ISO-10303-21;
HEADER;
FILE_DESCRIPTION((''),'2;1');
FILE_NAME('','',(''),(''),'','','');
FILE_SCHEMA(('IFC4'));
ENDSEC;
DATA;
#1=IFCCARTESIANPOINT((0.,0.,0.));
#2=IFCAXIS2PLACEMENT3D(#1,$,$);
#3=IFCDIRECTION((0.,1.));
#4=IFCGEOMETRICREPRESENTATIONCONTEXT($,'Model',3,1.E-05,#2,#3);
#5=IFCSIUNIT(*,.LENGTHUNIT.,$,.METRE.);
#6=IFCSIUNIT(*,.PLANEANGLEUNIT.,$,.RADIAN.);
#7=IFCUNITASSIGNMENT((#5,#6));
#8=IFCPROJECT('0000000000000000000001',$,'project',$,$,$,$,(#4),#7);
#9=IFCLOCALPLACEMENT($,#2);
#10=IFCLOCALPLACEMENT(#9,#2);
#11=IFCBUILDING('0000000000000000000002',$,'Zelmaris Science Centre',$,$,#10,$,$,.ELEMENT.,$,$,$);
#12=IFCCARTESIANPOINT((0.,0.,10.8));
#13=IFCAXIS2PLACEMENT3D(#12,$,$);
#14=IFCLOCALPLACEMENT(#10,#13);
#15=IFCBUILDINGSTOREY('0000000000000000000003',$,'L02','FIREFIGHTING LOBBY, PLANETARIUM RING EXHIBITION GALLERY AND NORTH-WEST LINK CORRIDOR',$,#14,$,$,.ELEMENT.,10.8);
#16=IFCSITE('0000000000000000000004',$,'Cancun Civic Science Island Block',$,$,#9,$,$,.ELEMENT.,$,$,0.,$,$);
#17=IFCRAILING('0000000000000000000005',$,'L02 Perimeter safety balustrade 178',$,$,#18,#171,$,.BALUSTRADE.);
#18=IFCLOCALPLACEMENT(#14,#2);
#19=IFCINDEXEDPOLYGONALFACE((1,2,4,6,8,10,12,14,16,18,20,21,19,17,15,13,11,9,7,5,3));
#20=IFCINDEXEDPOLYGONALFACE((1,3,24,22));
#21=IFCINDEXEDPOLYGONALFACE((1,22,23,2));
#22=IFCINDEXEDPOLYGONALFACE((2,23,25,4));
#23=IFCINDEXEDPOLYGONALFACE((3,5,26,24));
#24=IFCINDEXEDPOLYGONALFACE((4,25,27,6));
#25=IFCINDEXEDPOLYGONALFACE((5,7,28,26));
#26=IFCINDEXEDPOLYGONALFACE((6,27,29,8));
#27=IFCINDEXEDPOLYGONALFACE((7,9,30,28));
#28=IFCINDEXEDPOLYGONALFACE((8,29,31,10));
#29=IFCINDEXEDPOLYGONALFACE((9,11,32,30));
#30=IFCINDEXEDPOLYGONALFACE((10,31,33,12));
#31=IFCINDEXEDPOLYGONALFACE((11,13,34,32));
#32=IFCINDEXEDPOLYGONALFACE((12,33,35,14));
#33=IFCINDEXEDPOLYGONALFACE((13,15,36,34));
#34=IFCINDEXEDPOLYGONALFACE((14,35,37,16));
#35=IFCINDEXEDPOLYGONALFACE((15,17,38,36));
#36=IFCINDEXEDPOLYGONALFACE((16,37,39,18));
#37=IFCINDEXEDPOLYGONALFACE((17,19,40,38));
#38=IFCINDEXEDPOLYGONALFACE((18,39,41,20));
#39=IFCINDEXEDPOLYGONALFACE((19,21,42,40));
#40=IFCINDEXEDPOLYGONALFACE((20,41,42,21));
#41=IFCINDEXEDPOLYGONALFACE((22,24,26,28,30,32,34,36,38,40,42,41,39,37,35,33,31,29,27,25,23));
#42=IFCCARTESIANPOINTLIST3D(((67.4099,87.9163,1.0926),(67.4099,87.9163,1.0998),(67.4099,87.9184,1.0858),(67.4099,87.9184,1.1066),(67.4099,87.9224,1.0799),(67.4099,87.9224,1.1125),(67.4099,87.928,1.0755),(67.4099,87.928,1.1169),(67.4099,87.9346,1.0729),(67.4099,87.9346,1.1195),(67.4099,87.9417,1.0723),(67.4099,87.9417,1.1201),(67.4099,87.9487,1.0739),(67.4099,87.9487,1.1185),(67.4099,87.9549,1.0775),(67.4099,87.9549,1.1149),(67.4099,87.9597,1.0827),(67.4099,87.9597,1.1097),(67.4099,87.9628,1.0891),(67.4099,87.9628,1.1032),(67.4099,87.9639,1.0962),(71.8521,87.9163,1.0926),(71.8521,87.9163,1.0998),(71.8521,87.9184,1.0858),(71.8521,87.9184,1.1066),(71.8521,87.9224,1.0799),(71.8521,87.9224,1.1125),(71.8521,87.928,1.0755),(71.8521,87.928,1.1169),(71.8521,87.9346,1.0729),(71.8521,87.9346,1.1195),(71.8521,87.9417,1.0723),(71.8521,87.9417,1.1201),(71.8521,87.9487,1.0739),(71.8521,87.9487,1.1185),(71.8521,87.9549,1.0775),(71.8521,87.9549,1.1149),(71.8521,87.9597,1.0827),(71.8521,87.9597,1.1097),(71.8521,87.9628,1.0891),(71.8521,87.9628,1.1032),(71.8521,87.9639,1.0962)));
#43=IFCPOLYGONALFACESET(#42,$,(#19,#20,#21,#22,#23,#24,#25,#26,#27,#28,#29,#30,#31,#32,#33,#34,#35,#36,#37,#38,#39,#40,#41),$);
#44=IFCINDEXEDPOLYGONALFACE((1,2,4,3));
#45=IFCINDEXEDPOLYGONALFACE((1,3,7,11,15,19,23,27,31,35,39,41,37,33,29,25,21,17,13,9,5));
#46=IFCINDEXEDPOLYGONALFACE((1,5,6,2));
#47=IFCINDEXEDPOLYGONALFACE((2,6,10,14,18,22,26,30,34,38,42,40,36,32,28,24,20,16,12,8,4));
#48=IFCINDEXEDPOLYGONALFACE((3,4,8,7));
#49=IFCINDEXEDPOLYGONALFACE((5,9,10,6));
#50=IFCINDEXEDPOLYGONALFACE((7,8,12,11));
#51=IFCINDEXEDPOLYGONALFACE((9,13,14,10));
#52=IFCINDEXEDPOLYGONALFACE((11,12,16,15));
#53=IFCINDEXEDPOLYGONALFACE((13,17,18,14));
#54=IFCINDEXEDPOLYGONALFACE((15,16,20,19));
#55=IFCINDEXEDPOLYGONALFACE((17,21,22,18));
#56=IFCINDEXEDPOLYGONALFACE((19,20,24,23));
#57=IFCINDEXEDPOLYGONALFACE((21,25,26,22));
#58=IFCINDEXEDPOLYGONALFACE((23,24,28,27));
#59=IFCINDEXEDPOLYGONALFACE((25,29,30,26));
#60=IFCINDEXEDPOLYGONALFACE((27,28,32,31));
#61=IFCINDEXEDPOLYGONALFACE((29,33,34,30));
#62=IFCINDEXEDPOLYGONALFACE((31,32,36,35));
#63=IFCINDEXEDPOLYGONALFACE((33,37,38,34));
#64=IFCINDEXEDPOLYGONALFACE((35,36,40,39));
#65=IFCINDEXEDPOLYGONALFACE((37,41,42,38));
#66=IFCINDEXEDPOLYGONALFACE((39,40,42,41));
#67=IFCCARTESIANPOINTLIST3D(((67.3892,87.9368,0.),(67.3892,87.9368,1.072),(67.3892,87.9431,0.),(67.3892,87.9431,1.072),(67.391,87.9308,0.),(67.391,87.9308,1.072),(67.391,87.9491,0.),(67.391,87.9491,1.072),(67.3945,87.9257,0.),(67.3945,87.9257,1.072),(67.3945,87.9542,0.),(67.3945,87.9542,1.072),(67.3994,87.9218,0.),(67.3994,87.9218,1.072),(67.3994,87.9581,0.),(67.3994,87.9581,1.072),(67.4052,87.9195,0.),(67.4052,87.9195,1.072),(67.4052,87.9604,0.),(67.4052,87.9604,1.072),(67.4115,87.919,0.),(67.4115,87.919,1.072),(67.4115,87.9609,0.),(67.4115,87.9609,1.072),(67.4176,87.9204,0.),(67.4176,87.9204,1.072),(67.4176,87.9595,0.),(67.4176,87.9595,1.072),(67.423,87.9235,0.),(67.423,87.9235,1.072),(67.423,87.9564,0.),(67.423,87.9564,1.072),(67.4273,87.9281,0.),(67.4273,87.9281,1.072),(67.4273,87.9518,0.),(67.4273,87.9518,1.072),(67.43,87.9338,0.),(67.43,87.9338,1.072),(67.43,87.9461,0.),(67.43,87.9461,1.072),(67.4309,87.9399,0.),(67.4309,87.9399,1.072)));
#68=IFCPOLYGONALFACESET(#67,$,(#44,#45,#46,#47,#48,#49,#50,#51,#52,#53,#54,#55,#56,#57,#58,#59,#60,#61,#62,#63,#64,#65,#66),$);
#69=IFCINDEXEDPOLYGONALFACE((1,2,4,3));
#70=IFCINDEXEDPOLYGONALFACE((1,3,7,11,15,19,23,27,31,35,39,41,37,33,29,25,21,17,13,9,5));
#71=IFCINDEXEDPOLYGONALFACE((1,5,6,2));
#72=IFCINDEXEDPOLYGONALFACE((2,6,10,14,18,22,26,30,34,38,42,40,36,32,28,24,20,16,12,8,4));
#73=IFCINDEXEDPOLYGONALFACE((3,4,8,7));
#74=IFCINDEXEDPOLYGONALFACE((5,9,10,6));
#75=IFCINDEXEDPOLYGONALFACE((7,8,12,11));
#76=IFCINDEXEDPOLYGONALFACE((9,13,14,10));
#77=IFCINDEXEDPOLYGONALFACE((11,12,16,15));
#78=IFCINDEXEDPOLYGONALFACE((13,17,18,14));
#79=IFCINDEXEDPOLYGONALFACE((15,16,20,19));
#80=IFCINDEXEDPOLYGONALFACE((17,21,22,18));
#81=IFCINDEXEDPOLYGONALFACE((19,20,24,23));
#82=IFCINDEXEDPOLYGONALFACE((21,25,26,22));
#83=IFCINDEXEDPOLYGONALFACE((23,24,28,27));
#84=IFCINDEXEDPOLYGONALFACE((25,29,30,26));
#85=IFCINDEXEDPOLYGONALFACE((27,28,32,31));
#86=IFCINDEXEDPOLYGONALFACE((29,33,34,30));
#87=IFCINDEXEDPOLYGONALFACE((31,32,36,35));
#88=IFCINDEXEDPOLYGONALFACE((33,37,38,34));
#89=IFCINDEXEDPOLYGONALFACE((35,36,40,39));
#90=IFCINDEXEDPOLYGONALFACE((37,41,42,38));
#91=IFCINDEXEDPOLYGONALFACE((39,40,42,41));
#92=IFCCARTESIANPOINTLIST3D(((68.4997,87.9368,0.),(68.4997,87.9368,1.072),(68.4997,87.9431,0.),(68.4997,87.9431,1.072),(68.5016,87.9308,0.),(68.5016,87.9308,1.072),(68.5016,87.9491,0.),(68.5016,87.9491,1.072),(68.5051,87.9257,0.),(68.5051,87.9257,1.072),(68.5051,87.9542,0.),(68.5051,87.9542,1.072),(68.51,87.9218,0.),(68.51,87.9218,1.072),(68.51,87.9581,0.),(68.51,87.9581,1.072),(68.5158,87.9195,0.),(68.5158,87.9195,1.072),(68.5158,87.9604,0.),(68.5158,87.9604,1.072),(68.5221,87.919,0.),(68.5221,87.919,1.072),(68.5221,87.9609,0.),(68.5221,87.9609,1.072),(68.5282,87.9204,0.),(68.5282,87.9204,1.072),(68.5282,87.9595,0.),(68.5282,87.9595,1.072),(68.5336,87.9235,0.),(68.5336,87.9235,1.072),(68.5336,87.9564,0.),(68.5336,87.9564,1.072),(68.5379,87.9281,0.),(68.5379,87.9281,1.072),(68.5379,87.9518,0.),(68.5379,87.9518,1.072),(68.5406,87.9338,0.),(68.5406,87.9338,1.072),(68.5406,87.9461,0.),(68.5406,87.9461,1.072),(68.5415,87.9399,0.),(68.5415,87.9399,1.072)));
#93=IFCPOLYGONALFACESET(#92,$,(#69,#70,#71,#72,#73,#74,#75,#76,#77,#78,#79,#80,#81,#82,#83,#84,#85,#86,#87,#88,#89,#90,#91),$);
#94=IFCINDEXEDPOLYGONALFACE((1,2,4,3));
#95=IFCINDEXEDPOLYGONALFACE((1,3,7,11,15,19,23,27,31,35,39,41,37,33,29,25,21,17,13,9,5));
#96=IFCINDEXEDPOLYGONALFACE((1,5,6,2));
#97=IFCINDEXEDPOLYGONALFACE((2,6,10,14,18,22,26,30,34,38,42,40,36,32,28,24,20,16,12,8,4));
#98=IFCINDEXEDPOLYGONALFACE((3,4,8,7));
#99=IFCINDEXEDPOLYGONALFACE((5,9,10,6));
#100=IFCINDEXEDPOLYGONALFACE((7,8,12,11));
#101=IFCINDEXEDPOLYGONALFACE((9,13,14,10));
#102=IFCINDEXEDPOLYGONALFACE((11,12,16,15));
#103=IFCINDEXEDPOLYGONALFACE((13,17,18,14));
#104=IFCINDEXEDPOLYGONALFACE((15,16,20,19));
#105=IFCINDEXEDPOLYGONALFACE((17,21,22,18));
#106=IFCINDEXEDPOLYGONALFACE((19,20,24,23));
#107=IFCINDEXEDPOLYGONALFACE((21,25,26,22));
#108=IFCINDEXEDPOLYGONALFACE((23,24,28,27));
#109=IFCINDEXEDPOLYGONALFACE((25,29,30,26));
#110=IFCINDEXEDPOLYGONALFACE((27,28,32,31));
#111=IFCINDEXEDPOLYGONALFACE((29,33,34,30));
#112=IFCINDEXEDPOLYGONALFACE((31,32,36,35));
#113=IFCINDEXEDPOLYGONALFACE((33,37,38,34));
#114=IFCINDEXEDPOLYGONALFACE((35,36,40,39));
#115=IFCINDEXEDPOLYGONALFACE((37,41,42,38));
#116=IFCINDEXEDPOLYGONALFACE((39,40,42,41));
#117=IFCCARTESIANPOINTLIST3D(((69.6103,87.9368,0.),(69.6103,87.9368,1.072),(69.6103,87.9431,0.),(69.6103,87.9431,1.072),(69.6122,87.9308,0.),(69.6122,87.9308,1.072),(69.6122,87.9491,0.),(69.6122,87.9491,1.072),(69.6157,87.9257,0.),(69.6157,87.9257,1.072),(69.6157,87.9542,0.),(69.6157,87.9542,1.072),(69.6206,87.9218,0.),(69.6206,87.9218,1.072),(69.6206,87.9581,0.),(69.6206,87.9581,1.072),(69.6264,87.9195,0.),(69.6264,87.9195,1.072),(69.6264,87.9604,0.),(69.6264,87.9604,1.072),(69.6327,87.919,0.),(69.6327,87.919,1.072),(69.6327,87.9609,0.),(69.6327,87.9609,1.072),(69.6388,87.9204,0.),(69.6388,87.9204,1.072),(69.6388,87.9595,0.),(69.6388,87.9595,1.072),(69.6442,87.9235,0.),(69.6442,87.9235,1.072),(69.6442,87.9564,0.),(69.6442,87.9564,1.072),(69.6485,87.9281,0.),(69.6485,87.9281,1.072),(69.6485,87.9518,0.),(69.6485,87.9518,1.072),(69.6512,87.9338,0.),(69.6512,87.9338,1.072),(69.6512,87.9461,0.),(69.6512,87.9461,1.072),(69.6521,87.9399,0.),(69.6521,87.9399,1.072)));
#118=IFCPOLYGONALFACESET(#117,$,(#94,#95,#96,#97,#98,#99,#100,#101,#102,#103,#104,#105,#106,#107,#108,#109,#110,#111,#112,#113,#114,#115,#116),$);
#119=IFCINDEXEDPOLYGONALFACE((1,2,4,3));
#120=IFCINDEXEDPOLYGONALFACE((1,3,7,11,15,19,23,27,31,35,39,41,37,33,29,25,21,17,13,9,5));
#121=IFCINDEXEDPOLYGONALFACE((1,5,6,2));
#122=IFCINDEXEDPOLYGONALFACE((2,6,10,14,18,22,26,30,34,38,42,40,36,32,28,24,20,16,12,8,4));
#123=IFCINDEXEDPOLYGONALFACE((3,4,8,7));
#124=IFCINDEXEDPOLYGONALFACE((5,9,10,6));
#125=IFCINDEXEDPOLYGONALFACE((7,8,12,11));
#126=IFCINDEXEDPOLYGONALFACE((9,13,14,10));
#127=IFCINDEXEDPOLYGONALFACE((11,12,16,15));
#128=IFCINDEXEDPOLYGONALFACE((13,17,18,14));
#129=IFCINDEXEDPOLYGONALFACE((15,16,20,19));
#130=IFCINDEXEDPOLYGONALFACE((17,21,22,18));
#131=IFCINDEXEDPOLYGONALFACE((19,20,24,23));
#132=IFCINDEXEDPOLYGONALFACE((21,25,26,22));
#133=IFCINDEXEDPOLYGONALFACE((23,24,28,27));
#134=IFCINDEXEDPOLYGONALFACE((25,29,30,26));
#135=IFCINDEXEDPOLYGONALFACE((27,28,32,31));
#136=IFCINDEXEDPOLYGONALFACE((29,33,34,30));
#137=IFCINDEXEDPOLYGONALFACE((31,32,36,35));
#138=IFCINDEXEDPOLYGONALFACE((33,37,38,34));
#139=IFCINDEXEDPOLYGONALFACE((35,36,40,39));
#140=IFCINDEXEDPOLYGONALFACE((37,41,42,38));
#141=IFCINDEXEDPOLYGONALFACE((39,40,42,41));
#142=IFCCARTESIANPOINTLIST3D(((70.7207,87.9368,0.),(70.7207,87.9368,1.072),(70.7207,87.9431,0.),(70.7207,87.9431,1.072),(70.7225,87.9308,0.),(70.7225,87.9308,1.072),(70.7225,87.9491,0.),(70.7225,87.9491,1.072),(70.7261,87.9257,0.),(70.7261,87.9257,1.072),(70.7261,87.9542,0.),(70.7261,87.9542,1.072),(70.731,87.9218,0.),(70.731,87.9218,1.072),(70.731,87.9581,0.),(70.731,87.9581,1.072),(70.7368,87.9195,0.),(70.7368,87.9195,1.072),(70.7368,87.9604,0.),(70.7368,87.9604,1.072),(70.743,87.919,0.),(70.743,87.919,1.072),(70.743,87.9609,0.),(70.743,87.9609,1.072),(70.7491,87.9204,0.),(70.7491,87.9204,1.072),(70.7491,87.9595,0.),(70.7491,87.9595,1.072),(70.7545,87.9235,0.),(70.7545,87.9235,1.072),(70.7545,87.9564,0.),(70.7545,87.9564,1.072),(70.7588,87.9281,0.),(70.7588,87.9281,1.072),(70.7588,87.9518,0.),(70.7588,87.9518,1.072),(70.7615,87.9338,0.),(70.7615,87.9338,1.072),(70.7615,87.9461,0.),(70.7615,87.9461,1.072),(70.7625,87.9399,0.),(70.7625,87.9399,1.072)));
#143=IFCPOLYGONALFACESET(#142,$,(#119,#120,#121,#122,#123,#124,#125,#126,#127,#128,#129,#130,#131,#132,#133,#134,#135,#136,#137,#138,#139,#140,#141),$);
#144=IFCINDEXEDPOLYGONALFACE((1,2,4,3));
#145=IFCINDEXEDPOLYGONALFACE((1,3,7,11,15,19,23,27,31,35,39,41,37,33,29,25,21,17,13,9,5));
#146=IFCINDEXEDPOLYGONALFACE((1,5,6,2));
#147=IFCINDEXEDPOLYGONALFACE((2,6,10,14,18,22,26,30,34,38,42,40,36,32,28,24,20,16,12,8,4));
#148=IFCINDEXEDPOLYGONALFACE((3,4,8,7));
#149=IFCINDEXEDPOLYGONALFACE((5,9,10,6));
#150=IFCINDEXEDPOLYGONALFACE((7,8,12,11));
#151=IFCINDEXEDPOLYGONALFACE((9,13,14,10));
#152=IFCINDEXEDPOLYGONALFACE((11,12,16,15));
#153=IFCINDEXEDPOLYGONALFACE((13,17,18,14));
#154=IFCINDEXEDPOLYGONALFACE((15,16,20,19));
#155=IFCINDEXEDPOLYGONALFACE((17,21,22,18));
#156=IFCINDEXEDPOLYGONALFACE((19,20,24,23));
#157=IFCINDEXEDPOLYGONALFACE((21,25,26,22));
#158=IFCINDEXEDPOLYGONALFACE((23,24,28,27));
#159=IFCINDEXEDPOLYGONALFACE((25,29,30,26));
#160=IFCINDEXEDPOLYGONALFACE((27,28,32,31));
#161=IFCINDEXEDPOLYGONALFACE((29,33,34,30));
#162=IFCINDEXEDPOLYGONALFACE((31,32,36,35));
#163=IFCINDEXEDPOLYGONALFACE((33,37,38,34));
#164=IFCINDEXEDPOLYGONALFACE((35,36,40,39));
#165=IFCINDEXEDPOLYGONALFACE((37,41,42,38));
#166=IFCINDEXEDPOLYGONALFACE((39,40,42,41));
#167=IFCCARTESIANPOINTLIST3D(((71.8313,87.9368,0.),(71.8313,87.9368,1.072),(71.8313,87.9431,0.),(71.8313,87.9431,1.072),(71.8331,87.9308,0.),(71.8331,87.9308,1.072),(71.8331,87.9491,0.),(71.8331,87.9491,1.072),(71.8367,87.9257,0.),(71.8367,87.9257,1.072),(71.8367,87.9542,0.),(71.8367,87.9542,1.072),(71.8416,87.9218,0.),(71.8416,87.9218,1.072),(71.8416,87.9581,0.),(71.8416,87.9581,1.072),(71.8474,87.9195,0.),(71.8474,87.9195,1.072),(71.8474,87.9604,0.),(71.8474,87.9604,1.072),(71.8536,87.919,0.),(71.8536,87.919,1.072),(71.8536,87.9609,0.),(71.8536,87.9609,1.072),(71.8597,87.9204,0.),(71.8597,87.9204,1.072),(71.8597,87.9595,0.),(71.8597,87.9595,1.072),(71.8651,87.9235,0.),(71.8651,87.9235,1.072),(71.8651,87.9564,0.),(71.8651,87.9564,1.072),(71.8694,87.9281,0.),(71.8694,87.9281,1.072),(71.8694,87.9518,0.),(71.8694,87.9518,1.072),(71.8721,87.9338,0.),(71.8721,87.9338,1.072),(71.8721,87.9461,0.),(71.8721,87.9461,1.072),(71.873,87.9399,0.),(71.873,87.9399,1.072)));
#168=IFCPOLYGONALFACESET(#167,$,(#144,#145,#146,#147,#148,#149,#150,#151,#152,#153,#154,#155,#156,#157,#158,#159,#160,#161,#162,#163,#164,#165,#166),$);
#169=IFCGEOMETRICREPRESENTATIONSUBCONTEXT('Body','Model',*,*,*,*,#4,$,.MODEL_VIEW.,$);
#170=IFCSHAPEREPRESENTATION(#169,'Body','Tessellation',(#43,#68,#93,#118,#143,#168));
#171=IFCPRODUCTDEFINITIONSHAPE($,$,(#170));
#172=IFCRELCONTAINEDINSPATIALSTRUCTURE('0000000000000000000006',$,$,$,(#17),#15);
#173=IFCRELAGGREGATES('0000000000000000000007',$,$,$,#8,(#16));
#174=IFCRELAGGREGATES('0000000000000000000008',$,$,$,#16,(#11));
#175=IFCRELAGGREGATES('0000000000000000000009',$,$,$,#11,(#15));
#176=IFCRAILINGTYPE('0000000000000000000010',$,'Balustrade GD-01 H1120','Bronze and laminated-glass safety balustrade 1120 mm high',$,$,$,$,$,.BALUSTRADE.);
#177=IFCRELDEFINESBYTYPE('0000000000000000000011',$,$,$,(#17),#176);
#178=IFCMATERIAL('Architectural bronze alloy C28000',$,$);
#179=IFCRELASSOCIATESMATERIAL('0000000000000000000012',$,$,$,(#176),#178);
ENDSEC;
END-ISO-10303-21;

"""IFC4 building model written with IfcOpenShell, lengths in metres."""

from ifc_helpers import new_model, si_unit, direction, frame, origin, origin_2d, place, context, subcontext, project, spatial, circle, extrude, material, type_object, element, save


model = new_model("IFC4")

# Units and contexts
model_context = context("Model", 3, precision=1e-05, world=origin(), true_north=direction((0.0, 1.0)))
body_context = subcontext(model_context, "Body", "Model", "MODEL_VIEW")
ifc_project = project(units=[si_unit("LENGTHUNIT", "METRE"), si_unit("PLANEANGLEUNIT", "RADIAN")], contexts=[model_context])

# Site, building, storey
site_placement = place(None, origin())
site = spatial("IfcSite", under=ifc_project, at=site_placement, Name="Cancun Civic Science Island Block", CompositionType="ELEMENT", RefElevation=0.0)
building_placement = place(site_placement, origin())
building = spatial("IfcBuilding", under=site, at=building_placement, Name="Zelmaris Science Centre", CompositionType="ELEMENT")
storey_placement = place(building_placement, frame((0.0, 0.0, 10.8)))
storey = spatial("IfcBuildingStorey", under=building, at=storey_placement, Name="L02", Description="FIREFIGHTING LOBBY, PLANETARIUM RING EXHIBITION GALLERY AND NORTH-WEST LINK CORRIDOR", CompositionType="ELEMENT", Elevation=10.8)

# Railing
ifc_material_1 = material(Name="Architectural bronze alloy C28000")
railing_type = type_object("IfcRailingType", Name="Balustrade GD-01 H1120", Description="Bronze and laminated-glass safety balustrade 1120 mm high", PredefinedType="BALUSTRADE", material=ifc_material_1)
railing_1_placement = place(storey_placement, frame((67.4099, 87.9399, 0.0)))
element("IfcRailing", 1, at=railing_1_placement, inside=storey, type_object=railing_type, Name="L02 Perimeter safety balustrade 178", PredefinedType="BALUSTRADE", context=body_context, shape_type="SweptSolid", body=[
    extrude(circle(Radius=0.0239, at=origin_2d()), frame((0.0, 0.0, 1.0962), z_axis=(1.0, 0.0, 0.0), x_axis=(0.0, 1.0, 0.0)), (0.0, 0.0, 1.0), 4.4421),
    extrude(circle(Radius=0.021, at=origin_2d()), origin(), (0.0, 0.0, 1.0), 1.072),
    extrude(circle(Radius=0.021, at=origin_2d()), frame((1.1106, 0.0, 0.0)), (0.0, 0.0, 1.0), 1.072),
    extrude(circle(Radius=0.021, at=origin_2d()), frame((2.2212, 0.0, 0.0)), (0.0, 0.0, 1.0), 1.072),
    extrude(circle(Radius=0.021, at=origin_2d()), frame((3.3315, 0.0, 0.0)), (0.0, 0.0, 1.0), 1.072),
    extrude(circle(Radius=0.021, at=origin_2d()), frame((4.4421, 0.0, 0.0)), (0.0, 0.0, 1.0), 1.072),
])

save(model, "model.ifc")
